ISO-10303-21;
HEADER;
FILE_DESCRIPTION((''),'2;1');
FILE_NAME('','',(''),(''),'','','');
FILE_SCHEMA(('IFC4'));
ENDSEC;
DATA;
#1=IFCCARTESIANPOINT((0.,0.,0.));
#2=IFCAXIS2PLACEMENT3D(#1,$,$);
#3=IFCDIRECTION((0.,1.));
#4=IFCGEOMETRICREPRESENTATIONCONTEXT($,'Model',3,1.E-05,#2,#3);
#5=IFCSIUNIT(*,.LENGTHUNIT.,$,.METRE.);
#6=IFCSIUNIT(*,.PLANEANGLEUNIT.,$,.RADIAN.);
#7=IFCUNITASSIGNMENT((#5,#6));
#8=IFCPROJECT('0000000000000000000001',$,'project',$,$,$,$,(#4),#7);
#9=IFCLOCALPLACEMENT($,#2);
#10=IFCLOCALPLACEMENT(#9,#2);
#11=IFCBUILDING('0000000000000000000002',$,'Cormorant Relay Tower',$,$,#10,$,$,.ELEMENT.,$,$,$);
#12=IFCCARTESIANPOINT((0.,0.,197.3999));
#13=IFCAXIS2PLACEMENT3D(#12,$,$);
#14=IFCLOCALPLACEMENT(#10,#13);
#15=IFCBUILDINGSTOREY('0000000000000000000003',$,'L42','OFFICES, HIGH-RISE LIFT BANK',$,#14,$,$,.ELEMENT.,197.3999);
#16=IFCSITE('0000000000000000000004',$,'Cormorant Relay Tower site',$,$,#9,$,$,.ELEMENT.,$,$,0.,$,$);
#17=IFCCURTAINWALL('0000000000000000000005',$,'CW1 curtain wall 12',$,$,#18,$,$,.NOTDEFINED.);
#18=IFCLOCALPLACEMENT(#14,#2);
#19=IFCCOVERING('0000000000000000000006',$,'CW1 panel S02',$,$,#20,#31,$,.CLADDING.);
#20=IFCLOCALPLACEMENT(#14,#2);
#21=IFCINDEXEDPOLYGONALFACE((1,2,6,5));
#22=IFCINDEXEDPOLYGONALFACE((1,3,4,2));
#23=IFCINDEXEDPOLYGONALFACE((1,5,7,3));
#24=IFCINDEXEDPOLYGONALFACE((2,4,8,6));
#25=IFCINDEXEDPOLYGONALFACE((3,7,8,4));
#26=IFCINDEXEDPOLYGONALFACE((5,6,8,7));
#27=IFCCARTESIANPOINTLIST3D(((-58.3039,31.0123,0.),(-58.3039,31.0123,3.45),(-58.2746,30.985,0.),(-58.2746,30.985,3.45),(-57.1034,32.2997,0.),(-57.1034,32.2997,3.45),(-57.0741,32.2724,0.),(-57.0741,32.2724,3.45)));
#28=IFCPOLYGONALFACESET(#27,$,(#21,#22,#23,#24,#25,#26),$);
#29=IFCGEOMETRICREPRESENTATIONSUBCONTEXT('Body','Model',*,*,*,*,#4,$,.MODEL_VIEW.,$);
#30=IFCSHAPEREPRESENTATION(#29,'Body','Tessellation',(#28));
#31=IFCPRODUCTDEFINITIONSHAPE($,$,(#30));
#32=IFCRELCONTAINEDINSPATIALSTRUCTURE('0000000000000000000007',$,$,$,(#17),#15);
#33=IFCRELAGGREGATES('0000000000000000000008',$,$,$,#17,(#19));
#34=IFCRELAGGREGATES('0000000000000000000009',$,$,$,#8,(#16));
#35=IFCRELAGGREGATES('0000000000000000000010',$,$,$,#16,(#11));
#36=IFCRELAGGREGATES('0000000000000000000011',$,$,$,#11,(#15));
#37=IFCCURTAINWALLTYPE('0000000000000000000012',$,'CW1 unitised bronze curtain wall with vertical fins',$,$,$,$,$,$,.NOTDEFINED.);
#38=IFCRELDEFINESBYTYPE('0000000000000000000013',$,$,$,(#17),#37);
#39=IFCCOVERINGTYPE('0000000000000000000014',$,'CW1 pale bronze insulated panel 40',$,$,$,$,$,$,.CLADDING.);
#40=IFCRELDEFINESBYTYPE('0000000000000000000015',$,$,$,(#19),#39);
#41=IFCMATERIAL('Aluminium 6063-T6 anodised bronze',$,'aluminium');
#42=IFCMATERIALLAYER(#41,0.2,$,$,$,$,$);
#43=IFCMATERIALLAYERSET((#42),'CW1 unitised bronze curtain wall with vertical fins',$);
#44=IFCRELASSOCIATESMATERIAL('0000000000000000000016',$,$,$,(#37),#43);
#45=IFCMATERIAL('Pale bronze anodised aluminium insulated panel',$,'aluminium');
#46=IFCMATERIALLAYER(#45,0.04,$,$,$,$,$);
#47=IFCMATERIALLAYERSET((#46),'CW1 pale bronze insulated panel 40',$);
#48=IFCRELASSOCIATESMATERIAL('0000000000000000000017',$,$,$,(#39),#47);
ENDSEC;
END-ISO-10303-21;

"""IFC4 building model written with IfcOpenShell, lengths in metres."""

from ifc_helpers import new_model, si_unit, direction, frame, origin, origin_2d, place, context, subcontext, project, spatial, rectangle, extrude, material, layer, layer_set, type_object, element, aggregate, save


model = new_model("IFC4")

# Units and contexts
model_context = context("Model", 3, precision=1e-05, world=origin(), true_north=direction((0.0, 1.0)))
body_context = subcontext(model_context, "Body", "Model", "MODEL_VIEW")
ifc_project = project(units=[si_unit("LENGTHUNIT", "METRE"), si_unit("PLANEANGLEUNIT", "RADIAN")], contexts=[model_context])

# Site, building, storey
site_placement = place(None, origin())
site = spatial("IfcSite", under=ifc_project, at=site_placement, Name="Cormorant Relay Tower site", CompositionType="ELEMENT", RefElevation=0.0)
building_placement = place(site_placement, origin())
building = spatial("IfcBuilding", under=site, at=building_placement, Name="Cormorant Relay Tower", CompositionType="ELEMENT")
storey_placement = place(building_placement, frame((0.0, 0.0, 197.3999)))
storey = spatial("IfcBuildingStorey", under=building, at=storey_placement, Name="L42", Description="OFFICES, HIGH-RISE LIFT BANK", CompositionType="ELEMENT", Elevation=197.3999)

# Shared definitions
ifc_material_1 = material(Name="Aluminium 6063-T6 anodised bronze", Category="aluminium")
ifc_layer_1 = layer(ifc_material_1, 0.2)
ifc_layer_set_1 = layer_set([ifc_layer_1], Name="CW1 unitised bronze curtain wall with vertical fins")
curtain_wall_type = type_object("IfcCurtainWallType", Name="CW1 unitised bronze curtain wall with vertical fins", PredefinedType="NOTDEFINED", material=ifc_layer_set_1)

# Curtain wall
curtain_wall_1_placement = place(storey_placement, origin())
curtain_wall_1 = element("IfcCurtainWall", 1, at=curtain_wall_1_placement, inside=storey, type_object=curtain_wall_type, Name="CW1 curtain wall 12", PredefinedType="NOTDEFINED")

# Covering
ifc_material_2 = material(Name="Pale bronze anodised aluminium insulated panel", Category="aluminium")
ifc_layer_2 = layer(ifc_material_2, 0.04)
ifc_layer_set_2 = layer_set([ifc_layer_2], Name="CW1 pale bronze insulated panel 40")
covering_type = type_object("IfcCoveringType", Name="CW1 pale bronze insulated panel 40", PredefinedType="CLADDING", material=ifc_layer_set_2)
covering_1_placement = place(storey_placement, frame((-57.689, 31.6423, 0.0), z_axis=(0.0, 0.0, 1.0), x_axis=(-0.681998, -0.731354, 0.0)))
covering_1 = element("IfcCovering", 2, at=covering_1_placement, type_object=covering_type, Name="CW1 panel S02", PredefinedType="CLADDING", context=body_context, shape_type="SweptSolid", body=[
    extrude(rectangle(XDim=1.7603, YDim=0.04, at=origin_2d()), origin(), (0.0, 0.0, 1.0), 3.45),
])
aggregate(curtain_wall_1, [covering_1])

save(model, "model.ifc")
